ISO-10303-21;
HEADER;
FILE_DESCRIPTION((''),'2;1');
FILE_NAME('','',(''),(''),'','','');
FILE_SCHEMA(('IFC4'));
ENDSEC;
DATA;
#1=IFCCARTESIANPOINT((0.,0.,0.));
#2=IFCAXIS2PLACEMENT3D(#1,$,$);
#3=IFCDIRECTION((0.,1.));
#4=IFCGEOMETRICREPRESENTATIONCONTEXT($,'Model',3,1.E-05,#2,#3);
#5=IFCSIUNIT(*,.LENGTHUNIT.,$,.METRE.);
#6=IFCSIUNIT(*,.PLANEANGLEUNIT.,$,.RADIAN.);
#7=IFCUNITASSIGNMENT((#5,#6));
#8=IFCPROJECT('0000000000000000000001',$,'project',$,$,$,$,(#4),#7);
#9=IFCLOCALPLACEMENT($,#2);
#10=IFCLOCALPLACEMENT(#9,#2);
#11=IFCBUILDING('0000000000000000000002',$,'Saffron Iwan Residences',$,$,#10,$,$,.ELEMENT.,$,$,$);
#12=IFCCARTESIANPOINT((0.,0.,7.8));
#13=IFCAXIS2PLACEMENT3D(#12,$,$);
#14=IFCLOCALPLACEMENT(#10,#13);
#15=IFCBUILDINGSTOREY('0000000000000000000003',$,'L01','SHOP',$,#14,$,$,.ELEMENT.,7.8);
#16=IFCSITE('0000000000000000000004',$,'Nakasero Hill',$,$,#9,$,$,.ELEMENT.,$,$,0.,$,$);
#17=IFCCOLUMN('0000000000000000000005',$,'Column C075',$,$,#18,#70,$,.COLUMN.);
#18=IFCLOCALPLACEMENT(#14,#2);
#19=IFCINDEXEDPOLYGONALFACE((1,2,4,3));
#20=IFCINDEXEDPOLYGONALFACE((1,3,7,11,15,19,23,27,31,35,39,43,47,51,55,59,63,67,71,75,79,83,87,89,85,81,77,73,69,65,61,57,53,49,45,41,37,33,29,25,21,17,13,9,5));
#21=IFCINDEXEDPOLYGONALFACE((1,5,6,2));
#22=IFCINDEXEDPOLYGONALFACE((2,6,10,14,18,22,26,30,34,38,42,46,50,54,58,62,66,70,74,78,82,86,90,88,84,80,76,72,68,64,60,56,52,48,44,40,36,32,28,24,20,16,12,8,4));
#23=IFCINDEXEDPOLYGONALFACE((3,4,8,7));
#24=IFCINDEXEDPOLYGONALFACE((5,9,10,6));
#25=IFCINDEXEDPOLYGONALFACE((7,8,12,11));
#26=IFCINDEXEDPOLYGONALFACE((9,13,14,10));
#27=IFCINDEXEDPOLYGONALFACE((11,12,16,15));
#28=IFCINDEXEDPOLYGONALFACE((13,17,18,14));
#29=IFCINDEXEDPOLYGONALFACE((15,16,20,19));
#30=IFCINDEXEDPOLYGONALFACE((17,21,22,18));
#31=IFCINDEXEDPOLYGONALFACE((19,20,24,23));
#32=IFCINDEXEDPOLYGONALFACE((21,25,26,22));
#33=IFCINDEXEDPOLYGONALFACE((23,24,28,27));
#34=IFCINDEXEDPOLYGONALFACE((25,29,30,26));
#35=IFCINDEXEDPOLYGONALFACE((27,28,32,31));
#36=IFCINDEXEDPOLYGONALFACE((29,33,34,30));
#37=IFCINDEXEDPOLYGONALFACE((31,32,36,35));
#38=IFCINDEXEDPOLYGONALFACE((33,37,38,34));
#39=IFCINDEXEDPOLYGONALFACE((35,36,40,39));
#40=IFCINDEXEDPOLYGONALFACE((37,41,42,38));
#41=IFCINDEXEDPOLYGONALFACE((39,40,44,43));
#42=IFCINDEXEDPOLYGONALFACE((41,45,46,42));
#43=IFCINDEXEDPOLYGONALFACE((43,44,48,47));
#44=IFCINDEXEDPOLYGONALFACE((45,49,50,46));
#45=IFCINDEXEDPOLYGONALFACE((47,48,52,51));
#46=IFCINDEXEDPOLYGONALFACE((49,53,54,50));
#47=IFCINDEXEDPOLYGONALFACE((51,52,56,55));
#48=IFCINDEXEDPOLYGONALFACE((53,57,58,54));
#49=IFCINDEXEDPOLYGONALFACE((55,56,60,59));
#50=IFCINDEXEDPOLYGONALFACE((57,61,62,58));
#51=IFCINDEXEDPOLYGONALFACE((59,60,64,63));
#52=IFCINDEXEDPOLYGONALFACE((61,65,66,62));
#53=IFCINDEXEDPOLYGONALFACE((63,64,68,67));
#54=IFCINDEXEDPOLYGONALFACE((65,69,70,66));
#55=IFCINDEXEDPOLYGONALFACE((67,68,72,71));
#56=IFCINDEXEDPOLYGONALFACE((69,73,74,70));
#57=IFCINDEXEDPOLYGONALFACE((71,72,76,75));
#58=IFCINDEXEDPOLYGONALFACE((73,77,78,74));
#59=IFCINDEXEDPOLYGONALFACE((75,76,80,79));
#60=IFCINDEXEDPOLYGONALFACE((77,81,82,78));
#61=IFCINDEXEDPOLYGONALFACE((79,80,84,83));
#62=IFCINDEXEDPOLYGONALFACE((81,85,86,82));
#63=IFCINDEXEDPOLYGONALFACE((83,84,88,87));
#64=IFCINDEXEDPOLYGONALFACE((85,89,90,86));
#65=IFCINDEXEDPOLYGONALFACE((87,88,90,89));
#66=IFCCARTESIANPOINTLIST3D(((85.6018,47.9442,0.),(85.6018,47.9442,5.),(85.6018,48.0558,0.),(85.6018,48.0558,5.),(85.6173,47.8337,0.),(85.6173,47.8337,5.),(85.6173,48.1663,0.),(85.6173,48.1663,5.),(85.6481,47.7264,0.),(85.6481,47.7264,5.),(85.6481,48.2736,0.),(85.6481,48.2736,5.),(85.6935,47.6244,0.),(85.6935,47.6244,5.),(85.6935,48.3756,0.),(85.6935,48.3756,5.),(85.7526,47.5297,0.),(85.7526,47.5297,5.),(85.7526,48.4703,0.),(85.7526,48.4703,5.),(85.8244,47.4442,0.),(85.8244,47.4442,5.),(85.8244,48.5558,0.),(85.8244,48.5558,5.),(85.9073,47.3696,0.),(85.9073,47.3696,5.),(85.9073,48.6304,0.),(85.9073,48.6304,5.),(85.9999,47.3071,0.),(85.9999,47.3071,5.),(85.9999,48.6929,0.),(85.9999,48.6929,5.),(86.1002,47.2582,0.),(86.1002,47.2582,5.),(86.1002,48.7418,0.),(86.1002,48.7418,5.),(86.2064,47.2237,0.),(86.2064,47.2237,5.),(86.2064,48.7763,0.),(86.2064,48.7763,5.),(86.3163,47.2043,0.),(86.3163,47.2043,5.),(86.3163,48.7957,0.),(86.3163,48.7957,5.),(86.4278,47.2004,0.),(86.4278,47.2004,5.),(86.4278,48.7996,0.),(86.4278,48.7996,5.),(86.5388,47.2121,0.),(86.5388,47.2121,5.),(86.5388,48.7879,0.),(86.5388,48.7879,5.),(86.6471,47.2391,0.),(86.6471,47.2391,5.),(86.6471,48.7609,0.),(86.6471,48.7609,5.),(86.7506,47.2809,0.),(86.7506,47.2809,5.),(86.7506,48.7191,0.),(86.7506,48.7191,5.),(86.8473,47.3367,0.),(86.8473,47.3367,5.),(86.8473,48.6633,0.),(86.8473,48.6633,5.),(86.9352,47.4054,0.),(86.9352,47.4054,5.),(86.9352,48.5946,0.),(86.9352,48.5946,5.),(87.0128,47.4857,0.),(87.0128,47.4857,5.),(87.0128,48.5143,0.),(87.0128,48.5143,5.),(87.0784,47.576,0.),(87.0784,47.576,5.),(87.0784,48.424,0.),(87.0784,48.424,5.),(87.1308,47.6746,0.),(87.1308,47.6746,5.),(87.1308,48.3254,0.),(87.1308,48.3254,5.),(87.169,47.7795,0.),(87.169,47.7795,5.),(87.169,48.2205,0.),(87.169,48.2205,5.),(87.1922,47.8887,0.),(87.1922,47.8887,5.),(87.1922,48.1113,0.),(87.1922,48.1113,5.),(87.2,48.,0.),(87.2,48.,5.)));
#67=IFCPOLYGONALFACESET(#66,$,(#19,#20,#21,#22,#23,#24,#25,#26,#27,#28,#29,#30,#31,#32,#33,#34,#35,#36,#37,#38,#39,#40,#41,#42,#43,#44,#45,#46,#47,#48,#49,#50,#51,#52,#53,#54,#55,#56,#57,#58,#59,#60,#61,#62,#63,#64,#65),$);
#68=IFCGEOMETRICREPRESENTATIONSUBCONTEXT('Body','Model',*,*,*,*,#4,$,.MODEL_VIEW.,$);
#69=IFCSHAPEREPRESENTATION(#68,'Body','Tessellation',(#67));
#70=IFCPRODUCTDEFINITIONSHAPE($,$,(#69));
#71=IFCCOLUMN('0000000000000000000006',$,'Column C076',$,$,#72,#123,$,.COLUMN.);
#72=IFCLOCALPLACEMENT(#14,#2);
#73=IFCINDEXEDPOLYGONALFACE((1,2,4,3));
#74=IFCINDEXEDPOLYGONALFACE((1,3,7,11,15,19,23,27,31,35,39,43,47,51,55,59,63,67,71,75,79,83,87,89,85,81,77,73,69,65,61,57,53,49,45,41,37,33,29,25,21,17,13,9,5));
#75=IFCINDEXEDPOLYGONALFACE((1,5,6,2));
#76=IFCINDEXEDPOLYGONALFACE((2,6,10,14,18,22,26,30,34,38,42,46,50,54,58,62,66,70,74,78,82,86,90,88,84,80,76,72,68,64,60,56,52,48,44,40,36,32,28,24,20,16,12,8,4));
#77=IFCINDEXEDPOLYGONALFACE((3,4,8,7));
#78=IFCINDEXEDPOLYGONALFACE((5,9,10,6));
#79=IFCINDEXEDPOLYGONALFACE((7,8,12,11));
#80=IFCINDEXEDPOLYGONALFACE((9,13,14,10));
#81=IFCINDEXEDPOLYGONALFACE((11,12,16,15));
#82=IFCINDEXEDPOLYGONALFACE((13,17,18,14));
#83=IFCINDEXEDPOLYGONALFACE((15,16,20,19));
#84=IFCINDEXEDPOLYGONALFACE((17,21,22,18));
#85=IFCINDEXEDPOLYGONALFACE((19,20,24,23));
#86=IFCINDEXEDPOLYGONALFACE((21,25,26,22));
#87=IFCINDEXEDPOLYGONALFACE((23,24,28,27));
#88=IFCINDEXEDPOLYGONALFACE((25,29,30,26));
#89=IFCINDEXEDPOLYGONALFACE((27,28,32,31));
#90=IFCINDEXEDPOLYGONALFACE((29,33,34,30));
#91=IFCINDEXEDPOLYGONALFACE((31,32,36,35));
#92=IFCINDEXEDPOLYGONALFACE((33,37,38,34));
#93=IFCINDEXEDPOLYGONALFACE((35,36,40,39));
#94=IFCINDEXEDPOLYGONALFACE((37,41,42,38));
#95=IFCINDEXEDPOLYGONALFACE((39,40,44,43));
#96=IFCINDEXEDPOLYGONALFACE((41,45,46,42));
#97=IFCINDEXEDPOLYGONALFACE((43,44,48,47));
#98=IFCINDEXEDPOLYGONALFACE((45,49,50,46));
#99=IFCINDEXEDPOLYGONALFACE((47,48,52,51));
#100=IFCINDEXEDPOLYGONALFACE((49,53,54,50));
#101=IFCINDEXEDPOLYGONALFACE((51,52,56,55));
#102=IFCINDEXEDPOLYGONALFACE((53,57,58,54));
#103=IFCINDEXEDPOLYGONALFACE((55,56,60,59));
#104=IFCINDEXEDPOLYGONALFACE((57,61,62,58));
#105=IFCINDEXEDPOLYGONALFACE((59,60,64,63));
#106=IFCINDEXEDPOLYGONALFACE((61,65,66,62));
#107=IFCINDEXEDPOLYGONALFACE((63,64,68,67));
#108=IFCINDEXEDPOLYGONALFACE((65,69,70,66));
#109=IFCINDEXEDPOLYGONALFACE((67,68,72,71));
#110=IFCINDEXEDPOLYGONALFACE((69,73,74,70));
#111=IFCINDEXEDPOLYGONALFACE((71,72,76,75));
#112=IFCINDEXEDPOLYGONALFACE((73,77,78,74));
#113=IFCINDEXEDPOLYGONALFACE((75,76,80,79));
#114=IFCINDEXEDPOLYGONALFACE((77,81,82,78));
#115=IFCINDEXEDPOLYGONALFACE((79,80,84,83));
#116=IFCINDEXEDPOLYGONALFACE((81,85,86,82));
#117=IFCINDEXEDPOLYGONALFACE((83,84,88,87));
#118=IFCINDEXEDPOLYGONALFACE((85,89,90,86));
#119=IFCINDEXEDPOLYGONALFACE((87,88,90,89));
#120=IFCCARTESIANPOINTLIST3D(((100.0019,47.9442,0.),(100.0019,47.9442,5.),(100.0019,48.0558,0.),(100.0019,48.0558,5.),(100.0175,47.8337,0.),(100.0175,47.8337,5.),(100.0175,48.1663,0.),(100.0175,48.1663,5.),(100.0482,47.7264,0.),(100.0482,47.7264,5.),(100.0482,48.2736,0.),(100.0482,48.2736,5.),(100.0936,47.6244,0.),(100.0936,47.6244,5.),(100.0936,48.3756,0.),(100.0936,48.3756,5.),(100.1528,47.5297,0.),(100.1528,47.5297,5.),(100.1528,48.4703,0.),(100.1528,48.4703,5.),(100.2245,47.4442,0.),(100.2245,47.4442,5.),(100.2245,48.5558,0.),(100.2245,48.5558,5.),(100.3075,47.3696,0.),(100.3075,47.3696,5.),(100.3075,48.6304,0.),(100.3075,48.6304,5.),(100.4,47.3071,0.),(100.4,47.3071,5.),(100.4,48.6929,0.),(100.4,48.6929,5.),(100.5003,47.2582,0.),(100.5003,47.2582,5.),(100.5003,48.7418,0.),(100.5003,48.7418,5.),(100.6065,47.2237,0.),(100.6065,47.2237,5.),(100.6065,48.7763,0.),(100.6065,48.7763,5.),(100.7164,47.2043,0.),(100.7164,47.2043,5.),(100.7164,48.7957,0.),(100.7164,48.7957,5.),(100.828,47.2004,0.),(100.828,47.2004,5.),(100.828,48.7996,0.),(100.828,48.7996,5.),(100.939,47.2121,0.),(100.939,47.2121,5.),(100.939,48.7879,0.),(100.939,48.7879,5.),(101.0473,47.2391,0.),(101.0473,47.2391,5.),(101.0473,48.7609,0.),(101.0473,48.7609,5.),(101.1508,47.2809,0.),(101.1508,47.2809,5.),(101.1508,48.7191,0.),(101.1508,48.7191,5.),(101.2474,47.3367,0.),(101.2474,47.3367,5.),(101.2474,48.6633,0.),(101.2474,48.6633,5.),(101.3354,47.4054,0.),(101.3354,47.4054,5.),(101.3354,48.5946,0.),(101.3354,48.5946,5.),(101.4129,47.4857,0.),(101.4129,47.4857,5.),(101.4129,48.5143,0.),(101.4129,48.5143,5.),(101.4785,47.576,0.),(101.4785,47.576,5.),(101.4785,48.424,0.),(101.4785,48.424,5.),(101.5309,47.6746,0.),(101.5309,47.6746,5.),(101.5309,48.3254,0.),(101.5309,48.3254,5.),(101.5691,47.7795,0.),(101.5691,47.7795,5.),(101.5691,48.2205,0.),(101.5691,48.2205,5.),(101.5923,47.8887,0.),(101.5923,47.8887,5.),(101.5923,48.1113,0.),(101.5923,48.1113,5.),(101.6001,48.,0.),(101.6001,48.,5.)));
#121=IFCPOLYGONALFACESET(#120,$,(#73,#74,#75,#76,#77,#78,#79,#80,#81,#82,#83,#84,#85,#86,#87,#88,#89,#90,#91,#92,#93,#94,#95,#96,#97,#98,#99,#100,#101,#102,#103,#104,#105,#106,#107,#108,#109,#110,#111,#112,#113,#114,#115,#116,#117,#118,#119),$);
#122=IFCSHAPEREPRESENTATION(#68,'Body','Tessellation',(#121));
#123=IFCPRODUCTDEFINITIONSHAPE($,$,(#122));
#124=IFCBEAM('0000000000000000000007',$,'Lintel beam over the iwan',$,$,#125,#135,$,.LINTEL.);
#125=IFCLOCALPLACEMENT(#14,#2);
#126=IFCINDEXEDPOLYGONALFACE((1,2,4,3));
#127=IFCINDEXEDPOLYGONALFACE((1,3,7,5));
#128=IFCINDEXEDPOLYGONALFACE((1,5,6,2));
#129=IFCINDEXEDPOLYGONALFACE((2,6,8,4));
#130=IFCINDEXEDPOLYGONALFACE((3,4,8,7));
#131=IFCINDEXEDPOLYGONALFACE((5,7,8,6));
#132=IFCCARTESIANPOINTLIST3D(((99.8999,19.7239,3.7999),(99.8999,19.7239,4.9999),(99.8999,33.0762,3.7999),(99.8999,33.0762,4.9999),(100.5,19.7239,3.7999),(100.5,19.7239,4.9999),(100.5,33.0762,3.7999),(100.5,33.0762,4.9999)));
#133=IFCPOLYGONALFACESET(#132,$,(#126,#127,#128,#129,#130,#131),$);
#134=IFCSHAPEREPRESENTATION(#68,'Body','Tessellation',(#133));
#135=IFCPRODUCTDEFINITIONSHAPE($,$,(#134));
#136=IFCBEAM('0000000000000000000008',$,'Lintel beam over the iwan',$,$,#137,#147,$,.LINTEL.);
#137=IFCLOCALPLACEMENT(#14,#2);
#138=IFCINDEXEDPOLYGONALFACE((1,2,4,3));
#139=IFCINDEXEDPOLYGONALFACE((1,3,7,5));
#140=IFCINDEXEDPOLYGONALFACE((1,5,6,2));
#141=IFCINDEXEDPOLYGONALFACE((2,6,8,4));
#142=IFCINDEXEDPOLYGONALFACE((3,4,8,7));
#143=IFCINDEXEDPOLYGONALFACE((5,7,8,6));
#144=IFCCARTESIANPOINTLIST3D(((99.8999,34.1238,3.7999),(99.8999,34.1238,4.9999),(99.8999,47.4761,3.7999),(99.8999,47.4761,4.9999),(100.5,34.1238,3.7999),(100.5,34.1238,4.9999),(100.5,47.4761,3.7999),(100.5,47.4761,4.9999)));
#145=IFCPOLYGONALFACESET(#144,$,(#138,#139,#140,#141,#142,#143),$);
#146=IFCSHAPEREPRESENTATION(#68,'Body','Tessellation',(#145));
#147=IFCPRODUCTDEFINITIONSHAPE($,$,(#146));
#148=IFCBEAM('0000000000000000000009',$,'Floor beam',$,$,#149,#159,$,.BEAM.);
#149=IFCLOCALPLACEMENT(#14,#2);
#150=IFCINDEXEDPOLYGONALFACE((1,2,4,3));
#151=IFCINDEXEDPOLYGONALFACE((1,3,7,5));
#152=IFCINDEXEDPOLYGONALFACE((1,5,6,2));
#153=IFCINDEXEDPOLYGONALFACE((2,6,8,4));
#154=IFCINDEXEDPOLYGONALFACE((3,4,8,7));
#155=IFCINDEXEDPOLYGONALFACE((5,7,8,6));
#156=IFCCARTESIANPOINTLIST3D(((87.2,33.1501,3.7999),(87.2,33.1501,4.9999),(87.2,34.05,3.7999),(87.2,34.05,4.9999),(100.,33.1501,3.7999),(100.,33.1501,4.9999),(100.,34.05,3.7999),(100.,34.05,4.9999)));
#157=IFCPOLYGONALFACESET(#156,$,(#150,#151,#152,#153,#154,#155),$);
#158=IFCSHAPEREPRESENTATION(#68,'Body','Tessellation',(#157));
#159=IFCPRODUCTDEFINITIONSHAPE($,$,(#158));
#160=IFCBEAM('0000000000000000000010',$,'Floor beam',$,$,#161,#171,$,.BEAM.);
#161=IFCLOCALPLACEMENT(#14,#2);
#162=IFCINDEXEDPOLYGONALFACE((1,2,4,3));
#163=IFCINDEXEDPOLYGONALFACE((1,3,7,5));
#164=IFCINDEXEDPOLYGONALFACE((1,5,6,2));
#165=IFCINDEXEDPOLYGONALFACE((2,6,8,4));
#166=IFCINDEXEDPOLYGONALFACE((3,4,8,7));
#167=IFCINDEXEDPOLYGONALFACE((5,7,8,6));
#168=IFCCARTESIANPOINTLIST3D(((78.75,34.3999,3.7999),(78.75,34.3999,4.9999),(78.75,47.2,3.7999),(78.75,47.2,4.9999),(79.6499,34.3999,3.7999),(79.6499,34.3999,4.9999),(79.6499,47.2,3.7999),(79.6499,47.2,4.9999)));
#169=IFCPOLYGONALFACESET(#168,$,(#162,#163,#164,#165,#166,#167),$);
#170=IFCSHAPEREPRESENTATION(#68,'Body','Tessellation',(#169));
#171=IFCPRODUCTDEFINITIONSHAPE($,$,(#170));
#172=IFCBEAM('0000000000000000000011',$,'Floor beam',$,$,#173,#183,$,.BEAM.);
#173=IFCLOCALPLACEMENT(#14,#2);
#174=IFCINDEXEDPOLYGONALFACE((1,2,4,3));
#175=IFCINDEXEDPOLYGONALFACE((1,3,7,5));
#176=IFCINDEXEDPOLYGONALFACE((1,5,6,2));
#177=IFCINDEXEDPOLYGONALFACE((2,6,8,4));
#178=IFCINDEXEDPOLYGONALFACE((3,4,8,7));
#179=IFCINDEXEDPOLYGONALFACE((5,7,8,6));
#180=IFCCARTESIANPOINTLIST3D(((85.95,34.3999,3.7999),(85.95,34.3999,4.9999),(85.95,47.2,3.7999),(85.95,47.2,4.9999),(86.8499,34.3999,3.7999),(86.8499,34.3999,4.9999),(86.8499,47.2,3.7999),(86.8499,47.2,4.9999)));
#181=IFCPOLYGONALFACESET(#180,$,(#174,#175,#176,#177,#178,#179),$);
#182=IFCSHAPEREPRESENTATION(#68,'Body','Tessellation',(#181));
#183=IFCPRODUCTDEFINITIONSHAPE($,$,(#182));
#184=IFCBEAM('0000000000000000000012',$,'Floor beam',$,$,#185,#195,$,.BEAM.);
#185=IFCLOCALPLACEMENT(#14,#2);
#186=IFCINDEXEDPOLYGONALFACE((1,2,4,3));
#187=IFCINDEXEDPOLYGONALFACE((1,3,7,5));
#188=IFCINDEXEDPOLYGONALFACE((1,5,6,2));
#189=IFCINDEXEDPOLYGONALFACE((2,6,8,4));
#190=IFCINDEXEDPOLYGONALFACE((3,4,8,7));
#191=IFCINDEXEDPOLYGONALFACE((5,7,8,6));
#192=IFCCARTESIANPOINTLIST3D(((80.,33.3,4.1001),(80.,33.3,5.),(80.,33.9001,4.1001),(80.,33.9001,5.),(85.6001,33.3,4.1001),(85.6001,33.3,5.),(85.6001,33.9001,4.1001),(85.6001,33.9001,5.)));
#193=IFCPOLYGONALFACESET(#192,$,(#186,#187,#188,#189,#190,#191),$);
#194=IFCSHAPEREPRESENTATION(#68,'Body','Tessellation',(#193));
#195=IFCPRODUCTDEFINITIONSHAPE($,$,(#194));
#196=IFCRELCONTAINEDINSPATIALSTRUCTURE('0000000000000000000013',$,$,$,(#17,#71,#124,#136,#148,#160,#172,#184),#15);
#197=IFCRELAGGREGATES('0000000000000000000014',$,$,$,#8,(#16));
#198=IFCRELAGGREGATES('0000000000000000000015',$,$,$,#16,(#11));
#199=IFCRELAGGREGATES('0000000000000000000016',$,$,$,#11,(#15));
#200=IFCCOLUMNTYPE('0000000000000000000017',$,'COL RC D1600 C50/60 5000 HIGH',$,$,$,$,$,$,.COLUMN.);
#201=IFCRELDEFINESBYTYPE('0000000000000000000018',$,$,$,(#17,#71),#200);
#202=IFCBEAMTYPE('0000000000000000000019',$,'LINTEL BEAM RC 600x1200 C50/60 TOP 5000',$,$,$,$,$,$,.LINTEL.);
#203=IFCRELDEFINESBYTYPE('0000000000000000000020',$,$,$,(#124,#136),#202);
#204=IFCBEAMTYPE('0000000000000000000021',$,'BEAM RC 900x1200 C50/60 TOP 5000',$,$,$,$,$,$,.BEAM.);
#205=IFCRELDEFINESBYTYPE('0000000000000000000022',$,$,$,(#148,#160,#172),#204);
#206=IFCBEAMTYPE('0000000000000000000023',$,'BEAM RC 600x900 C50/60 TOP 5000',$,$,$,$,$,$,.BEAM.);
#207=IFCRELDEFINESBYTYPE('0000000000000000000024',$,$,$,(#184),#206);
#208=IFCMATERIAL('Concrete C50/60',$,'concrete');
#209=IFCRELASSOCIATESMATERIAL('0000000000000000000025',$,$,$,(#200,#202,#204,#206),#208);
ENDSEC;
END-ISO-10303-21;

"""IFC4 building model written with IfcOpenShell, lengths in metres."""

from ifc_helpers import new_model, si_unit, direction, frame, origin, origin_2d, place, context, subcontext, project, spatial, rectangle, circle, extrude, source, transform, mapped, material, material_profile, profile_set, type_object, element, save


model = new_model("IFC4")

# Units and contexts
model_context = context("Model", 3, precision=1e-05, world=origin(), true_north=direction((0.0, 1.0)))
body_context = subcontext(model_context, "Body", "Model", "MODEL_VIEW")
ifc_project = project(units=[si_unit("LENGTHUNIT", "METRE"), si_unit("PLANEANGLEUNIT", "RADIAN")], contexts=[model_context])

# Site, building, storey
site_placement = place(None, origin())
site = spatial("IfcSite", under=ifc_project, at=site_placement, Name="Nakasero Hill", CompositionType="ELEMENT", RefElevation=0.0)
building_placement = place(site_placement, origin())
building = spatial("IfcBuilding", under=site, at=building_placement, Name="Saffron Iwan Residences", CompositionType="ELEMENT")
storey_placement = place(building_placement, frame((0.0, 0.0, 7.8)))
storey = spatial("IfcBuildingStorey", under=building, at=storey_placement, Name="L01", Description="SHOP", CompositionType="ELEMENT", Elevation=7.8)

# Columns
ifc_material_1 = material(Name="Concrete C50/60", Category="concrete")
ifc_material_profile_1 = material_profile(ifc_material_1, circle(Radius=0.8, at=origin_2d()), Name="RC D1600")
ifc_profile_set_1 = profile_set([ifc_material_profile_1], Name="Concrete C50/60")
column_type = type_object("IfcColumnType", Name="COL RC D1600 C50/60 5000 HIGH", PredefinedType="COLUMN", material=ifc_profile_set_1)
shared_shape_1 = source(origin(), body_context, "Body", "SweptSolid", [
    extrude(circle(Radius=0.8, at=origin_2d()), origin(), (0.0, 0.0, 1.0), 5.0),
])
for number, where, z_axis, x_axis, name in (
    (1, (86.3999, 48.0, 0.0), (0.0, 0.0, 1.0), (1.0, 0.0, 0.0), "Column C075"),
    (2, (100.8, 48.0, 0.0), (0.0, 0.0, 1.0), (1.0, 0.0, 0.0), "Column C076"),
):
    element("IfcColumn", number, at=place(storey_placement, frame(where, z_axis=z_axis, x_axis=x_axis)), inside=storey, type_object=column_type, Name=name, PredefinedType="COLUMN", context=body_context, shape_type="MappedRepresentation", body=[
        mapped(shared_shape_1, transform((0.0, 0.0, 0.0))),
    ])

# Beams
ifc_material_profile_2 = material_profile(ifc_material_1, rectangle(XDim=0.6001, YDim=1.2, at=origin_2d()), Name="RC 600x1200")
ifc_profile_set_2 = profile_set([ifc_material_profile_2], Name="Concrete C50/60")
beam_type_1 = type_object("IfcBeamType", Name="LINTEL BEAM RC 600x1200 C50/60 TOP 5000", PredefinedType="LINTEL", material=ifc_profile_set_2)
shared_shape_2 = source(origin(), body_context, "Body", "SweptSolid", [
    extrude(rectangle(XDim=0.6001, YDim=1.2, at=origin_2d()), origin(), (0.0, 0.0, 1.0), 13.3523),
])
for number, where, z_axis, x_axis, name in (
    (3, (100.2, 33.0762, 4.3999), (0.0, -1.0, 0.0), (1.0, 0.0, 0.0), "Lintel beam over the iwan"),
    (4, (100.2, 47.4761, 4.3999), (0.0, -1.0, 0.0), (1.0, 0.0, 0.0), "Lintel beam over the iwan"),
):
    element("IfcBeam", number, at=place(storey_placement, frame(where, z_axis=z_axis, x_axis=x_axis)), inside=storey, type_object=beam_type_1, Name=name, PredefinedType="LINTEL", context=body_context, shape_type="MappedRepresentation", body=[
        mapped(shared_shape_2, transform((0.0, 0.0, 0.0))),
    ])
ifc_material_profile_3 = material_profile(ifc_material_1, rectangle(XDim=0.8999, YDim=1.2, at=origin_2d()), Name="RC 900x1200")
ifc_profile_set_3 = profile_set([ifc_material_profile_3], Name="Concrete C50/60")
beam_type_2 = type_object("IfcBeamType", Name="BEAM RC 900x1200 C50/60 TOP 5000", PredefinedType="BEAM", material=ifc_profile_set_3)
shared_shape_3 = source(origin(), body_context, "Body", "SweptSolid", [
    extrude(rectangle(XDim=0.8999, YDim=1.2, at=origin_2d()), origin(), (0.0, 0.0, 1.0), 12.8),
])
for number, where, z_axis, x_axis, name in (
    (5, (87.2, 33.6001, 4.3999), (1.0, 0.0, 0.0), (0.0, 1.0, 0.0), "Floor beam"),
    (6, (79.2, 34.3999, 4.3999), (0.0, 1.0, 0.0), (-1.0, 0.0, 0.0), "Floor beam"),
    (7, (86.3999, 34.3999, 4.3999), (0.0, 1.0, 0.0), (-1.0, 0.0, 0.0), "Floor beam"),
):
    element("IfcBeam", number, at=place(storey_placement, frame(where, z_axis=z_axis, x_axis=x_axis)), inside=storey, type_object=beam_type_2, Name=name, PredefinedType="BEAM", context=body_context, shape_type="MappedRepresentation", body=[
        mapped(shared_shape_3, transform((0.0, 0.0, 0.0))),
    ])
ifc_material_profile_4 = material_profile(ifc_material_1, rectangle(XDim=0.6001, YDim=0.8999, at=origin_2d()), Name="RC 600x900")
ifc_profile_set_4 = profile_set([ifc_material_profile_4], Name="Concrete C50/60")
beam_type_3 = type_object("IfcBeamType", Name="BEAM RC 600x900 C50/60 TOP 5000", PredefinedType="BEAM", material=ifc_profile_set_4)
shared_shape_4 = source(origin(), body_context, "Body", "SweptSolid", [
    extrude(rectangle(XDim=0.6001, YDim=0.8999, at=origin_2d()), origin(), (0.0, 0.0, 1.0), 5.6001),
])
for number, where, z_axis, x_axis, name in (
    (8, (80.0, 33.6001, 4.55), (1.0, 0.0, 0.0), (0.0, 1.0, 0.0), "Floor beam"),
):
    element("IfcBeam", number, at=place(storey_placement, frame(where, z_axis=z_axis, x_axis=x_axis)), inside=storey, type_object=beam_type_3, Name=name, PredefinedType="BEAM", context=body_context, shape_type="MappedRepresentation", body=[
        mapped(shared_shape_4, transform((0.0, 0.0, 0.0))),
    ])

save(model, "model.ifc")
